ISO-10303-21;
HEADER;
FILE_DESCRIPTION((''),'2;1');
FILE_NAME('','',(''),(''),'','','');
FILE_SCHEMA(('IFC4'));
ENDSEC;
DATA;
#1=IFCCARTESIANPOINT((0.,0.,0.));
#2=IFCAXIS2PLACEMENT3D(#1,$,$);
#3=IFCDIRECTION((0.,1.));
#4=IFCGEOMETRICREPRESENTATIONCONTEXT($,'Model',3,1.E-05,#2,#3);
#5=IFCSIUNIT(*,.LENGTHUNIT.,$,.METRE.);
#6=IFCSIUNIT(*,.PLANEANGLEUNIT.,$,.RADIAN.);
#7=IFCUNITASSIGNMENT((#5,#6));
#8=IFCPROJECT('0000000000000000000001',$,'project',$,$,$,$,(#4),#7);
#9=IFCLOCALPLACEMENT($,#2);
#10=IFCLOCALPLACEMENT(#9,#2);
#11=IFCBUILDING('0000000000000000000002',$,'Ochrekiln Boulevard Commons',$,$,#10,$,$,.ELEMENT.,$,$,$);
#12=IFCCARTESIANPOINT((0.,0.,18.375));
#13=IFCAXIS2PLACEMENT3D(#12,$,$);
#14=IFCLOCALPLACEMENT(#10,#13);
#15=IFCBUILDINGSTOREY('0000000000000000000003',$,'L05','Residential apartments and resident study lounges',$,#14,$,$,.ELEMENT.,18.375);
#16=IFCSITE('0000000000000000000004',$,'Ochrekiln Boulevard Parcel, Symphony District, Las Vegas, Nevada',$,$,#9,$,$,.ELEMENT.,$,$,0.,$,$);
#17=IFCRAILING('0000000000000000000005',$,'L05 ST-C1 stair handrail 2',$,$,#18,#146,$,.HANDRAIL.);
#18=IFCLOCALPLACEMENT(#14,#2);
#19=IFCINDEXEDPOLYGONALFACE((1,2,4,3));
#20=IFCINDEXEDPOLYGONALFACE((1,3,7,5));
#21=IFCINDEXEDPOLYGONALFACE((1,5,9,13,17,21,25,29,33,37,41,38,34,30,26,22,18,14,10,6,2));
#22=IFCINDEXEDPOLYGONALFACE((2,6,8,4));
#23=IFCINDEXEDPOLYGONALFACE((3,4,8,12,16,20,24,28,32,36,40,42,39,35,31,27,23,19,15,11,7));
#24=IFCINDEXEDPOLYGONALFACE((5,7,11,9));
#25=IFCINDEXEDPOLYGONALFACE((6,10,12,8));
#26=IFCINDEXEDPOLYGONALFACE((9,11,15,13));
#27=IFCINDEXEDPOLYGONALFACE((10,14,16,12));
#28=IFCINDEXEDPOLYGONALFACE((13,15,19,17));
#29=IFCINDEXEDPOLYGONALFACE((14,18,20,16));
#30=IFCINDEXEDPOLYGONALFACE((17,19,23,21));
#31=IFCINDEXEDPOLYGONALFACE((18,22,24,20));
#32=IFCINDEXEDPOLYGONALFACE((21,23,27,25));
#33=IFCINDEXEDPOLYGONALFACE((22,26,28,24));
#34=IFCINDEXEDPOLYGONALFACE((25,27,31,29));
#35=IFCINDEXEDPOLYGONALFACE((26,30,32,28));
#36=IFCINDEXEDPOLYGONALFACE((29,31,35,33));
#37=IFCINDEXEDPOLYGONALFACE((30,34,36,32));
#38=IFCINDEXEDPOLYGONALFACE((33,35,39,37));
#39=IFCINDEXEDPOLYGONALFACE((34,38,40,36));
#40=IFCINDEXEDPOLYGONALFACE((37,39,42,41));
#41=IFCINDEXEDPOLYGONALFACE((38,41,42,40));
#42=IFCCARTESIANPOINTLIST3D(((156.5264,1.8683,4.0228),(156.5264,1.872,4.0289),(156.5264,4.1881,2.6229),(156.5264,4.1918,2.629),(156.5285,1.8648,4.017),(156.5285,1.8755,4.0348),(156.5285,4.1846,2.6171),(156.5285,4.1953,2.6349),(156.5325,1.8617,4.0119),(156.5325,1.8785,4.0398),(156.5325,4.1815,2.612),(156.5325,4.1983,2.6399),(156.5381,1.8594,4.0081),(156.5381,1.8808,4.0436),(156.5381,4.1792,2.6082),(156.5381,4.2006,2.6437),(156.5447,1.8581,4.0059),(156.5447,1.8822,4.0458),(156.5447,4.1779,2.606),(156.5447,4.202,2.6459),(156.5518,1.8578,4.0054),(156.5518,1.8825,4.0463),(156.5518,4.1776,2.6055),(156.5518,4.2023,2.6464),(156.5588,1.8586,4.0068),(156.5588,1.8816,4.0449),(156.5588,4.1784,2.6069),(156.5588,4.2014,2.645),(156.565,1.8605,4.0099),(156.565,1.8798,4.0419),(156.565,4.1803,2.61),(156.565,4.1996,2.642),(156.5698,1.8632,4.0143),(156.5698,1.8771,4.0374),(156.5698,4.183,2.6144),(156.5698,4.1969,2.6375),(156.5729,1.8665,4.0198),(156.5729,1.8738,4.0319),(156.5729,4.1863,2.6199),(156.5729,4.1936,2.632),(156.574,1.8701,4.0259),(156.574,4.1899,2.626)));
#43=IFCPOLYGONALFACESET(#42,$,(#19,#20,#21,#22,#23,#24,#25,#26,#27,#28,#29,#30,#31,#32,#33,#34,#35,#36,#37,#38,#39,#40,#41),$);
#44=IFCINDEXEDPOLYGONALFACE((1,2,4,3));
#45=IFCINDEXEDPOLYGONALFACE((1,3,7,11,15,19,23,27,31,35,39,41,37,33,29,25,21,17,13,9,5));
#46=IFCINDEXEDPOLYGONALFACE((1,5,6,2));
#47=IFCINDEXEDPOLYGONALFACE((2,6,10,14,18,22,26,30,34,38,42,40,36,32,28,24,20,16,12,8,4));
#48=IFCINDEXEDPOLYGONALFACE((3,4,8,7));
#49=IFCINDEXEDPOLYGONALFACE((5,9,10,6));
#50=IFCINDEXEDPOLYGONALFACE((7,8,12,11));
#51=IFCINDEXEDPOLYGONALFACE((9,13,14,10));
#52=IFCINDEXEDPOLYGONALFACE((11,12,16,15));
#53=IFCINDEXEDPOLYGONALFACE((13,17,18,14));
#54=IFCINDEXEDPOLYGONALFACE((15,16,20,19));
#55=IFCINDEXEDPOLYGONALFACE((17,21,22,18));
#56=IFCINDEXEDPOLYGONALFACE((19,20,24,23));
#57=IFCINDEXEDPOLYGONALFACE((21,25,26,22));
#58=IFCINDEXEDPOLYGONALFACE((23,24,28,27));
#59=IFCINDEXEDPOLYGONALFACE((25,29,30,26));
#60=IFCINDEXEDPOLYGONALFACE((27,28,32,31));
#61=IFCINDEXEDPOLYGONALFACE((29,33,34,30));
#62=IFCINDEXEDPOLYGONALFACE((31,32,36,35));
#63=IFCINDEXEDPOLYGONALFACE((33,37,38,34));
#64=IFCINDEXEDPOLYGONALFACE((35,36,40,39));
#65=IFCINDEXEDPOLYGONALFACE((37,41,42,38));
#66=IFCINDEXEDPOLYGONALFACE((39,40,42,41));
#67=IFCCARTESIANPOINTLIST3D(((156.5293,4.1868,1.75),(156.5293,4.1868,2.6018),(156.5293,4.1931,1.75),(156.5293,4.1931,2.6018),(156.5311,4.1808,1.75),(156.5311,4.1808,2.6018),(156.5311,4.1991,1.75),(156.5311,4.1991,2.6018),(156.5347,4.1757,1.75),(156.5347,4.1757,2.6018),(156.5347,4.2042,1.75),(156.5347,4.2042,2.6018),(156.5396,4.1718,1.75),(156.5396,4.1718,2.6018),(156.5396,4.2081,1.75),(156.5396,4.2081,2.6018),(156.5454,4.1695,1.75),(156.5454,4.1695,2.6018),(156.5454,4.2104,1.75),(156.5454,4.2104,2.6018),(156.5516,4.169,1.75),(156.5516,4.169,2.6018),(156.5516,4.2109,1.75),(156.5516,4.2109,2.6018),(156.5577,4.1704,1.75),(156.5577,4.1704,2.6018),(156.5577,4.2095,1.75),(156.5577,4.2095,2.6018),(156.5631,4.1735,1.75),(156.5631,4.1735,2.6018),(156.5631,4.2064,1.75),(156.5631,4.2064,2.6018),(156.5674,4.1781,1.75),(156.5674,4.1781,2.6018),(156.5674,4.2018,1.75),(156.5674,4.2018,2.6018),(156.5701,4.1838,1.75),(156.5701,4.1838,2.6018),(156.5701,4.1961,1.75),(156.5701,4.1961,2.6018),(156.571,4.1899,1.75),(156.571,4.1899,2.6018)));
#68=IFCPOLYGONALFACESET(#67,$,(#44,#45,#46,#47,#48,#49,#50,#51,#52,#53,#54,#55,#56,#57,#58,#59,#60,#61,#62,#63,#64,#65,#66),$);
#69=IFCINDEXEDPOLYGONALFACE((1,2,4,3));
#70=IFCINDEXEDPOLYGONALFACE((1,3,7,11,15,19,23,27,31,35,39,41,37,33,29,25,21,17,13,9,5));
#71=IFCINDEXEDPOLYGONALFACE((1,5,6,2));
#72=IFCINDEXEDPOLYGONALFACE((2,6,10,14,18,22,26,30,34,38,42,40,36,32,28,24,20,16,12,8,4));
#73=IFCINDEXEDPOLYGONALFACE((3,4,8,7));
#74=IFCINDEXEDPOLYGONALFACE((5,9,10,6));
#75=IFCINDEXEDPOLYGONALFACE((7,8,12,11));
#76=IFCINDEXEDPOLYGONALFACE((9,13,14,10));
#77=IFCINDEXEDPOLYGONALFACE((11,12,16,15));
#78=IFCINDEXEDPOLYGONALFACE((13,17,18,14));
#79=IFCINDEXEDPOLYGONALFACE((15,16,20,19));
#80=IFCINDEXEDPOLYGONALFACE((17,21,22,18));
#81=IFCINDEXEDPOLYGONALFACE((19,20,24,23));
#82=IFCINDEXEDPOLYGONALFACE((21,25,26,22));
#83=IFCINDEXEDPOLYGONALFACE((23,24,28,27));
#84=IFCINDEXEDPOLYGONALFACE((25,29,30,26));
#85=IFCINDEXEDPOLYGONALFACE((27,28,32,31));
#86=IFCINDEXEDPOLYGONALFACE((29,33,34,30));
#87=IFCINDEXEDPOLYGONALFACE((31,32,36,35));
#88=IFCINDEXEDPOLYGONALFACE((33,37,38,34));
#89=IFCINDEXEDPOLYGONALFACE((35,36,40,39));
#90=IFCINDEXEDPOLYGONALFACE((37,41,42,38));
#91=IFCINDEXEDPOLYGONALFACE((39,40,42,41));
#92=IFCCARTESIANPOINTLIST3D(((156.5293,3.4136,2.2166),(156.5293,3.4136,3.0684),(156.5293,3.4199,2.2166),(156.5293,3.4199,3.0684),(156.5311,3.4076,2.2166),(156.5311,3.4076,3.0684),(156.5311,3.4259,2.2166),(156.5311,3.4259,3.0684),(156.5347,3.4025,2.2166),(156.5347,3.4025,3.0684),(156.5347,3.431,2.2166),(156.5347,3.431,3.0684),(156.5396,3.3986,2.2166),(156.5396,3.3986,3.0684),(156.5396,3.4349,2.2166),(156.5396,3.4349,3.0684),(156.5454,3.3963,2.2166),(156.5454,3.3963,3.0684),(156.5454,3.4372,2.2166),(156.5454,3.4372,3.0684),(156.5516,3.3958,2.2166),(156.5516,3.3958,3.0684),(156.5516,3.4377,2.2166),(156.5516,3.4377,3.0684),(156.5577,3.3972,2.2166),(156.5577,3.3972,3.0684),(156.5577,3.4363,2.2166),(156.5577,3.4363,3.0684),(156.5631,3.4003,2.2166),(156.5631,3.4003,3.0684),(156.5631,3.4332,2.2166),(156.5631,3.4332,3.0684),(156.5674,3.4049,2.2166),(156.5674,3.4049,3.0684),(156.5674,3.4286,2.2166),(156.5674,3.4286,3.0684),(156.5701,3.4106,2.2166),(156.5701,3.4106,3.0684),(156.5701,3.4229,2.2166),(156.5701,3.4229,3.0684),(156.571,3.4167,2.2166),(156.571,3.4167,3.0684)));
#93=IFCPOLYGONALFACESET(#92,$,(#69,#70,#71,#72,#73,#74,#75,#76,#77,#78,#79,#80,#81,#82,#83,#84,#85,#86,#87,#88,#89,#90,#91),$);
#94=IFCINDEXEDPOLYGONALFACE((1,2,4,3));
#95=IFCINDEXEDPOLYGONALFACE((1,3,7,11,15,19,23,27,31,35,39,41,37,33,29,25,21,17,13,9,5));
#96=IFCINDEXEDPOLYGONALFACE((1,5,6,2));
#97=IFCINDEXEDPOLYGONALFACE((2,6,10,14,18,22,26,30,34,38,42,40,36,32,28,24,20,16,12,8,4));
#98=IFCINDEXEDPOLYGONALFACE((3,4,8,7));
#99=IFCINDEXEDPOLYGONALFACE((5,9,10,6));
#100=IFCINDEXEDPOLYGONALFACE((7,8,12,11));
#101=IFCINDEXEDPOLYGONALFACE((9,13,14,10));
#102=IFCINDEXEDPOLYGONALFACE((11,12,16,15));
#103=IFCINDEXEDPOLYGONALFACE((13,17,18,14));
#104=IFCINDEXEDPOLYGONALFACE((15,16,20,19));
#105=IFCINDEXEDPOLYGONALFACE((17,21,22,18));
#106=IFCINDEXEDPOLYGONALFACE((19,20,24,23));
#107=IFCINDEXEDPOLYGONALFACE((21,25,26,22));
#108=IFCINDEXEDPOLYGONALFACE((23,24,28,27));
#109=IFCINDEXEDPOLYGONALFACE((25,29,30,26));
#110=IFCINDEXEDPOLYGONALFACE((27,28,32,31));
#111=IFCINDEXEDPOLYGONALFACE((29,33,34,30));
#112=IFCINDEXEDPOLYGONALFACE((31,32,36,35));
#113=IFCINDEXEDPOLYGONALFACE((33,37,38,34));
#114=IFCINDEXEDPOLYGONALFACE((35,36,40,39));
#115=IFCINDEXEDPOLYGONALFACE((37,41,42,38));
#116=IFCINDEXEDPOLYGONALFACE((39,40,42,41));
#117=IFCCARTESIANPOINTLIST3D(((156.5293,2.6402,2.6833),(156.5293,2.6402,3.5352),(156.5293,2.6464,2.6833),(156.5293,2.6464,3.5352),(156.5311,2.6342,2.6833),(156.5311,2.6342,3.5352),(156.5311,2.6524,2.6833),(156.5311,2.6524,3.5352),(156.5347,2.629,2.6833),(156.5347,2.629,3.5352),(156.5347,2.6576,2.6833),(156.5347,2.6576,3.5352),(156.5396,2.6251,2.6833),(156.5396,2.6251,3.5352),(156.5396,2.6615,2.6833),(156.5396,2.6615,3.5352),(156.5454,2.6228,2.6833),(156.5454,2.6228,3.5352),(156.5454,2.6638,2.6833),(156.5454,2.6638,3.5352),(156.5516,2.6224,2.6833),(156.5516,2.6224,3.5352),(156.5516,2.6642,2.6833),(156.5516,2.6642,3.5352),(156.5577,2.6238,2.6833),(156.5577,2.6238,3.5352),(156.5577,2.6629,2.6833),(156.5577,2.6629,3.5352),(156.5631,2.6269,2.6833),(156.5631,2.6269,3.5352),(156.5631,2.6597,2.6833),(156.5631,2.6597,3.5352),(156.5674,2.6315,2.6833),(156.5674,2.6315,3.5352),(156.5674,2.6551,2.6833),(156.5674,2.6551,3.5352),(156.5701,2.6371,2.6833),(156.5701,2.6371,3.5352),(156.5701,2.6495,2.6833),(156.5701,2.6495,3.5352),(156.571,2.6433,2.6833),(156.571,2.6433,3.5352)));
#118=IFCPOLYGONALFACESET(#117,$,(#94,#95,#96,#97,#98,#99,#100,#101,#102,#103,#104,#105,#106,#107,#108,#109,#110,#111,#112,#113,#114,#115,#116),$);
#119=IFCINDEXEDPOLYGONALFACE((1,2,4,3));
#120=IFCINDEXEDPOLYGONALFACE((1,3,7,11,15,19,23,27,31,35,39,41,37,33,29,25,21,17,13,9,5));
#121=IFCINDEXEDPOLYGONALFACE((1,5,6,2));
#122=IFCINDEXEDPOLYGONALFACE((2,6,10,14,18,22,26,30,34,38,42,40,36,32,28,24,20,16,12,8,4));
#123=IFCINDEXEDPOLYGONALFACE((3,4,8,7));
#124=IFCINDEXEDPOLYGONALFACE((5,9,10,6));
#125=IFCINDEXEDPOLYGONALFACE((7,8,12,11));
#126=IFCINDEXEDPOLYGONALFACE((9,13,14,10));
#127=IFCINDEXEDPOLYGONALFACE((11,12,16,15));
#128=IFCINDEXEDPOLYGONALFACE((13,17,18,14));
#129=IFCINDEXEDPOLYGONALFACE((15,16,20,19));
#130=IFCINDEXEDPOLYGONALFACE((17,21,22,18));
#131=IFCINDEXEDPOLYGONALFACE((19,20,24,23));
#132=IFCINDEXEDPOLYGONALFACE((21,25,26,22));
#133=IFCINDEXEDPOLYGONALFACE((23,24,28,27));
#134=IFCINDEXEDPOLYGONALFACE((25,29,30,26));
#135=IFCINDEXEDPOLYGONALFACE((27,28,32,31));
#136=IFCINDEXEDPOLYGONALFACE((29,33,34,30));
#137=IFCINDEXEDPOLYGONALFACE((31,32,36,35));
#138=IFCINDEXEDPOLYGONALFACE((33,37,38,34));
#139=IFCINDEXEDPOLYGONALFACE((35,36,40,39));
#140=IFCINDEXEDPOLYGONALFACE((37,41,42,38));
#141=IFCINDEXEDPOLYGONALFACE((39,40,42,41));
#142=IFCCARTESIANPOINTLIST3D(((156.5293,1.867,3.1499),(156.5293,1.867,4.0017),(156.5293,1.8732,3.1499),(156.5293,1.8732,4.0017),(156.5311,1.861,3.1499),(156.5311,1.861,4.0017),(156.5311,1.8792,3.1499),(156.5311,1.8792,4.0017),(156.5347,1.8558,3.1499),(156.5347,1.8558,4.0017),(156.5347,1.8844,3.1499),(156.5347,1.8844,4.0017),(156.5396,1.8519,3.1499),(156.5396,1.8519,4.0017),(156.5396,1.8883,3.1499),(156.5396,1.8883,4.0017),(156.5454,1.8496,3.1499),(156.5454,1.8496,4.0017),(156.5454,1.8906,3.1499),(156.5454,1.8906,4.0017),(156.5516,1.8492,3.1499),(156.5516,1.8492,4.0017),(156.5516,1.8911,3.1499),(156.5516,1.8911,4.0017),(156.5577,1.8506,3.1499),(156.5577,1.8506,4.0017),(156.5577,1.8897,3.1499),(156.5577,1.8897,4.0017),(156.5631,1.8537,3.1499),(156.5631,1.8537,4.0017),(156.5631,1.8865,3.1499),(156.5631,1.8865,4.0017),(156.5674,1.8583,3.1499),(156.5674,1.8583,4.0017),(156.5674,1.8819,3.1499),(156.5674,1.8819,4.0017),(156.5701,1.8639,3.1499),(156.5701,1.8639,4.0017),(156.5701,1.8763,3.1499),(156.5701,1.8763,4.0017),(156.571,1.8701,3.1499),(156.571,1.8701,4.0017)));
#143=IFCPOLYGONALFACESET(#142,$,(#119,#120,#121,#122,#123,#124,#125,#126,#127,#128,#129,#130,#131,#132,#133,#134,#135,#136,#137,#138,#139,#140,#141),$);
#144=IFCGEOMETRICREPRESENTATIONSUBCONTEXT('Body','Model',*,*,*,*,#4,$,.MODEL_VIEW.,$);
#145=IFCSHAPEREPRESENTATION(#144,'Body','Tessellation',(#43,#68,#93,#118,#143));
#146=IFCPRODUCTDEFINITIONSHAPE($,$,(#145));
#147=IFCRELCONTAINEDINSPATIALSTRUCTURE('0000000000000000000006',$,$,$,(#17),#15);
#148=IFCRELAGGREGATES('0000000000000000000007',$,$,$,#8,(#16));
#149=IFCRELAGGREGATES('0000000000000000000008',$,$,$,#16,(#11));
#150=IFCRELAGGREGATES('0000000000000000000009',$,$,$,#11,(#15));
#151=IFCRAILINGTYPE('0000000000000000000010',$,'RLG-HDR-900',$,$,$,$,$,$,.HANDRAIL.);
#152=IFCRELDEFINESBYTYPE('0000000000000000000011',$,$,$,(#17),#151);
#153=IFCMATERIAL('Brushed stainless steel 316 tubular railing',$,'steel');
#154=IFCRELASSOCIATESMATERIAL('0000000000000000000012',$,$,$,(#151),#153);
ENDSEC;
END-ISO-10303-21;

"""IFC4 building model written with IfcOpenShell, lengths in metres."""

from ifc_helpers import new_model, si_unit, direction, frame, origin, origin_2d, place, context, subcontext, project, spatial, circle, extrude, material, type_object, element, save


model = new_model("IFC4")

# Units and contexts
model_context = context("Model", 3, precision=1e-05, world=origin(), true_north=direction((0.0, 1.0)))
body_context = subcontext(model_context, "Body", "Model", "MODEL_VIEW")
ifc_project = project(units=[si_unit("LENGTHUNIT", "METRE"), si_unit("PLANEANGLEUNIT", "RADIAN")], contexts=[model_context])

# Site, building, storey
site_placement = place(None, origin())
site = spatial("IfcSite", under=ifc_project, at=site_placement, Name="Ochrekiln Boulevard Parcel, Symphony District, Las Vegas, Nevada", CompositionType="ELEMENT", RefElevation=0.0)
building_placement = place(site_placement, origin())
building = spatial("IfcBuilding", under=site, at=building_placement, Name="Ochrekiln Boulevard Commons", CompositionType="ELEMENT")
storey_placement = place(building_placement, frame((0.0, 0.0, 18.375)))
storey = spatial("IfcBuildingStorey", under=building, at=storey_placement, Name="L05", Description="Residential apartments and resident study lounges", CompositionType="ELEMENT", Elevation=18.375)

# Railing
ifc_material_1 = material(Name="Brushed stainless steel 316 tubular railing", Category="steel")
railing_type_1 = type_object("IfcRailingType", Name="RLG-HDR-900", PredefinedType="HANDRAIL", material=ifc_material_1)
railing_1_placement = place(storey_placement, frame((156.55, 4.1899, 1.75)))
element("IfcRailing", 1, at=railing_1_placement, inside=storey, type_object=railing_type_1, Name="L05 ST-C1 stair handrail 2", PredefinedType="HANDRAIL", context=body_context, shape_type="SweptSolid", body=[
    extrude(circle(Radius=0.0239, at=origin_2d()), frame((0.0, 0.0, 0.876), z_axis=(0.0, -0.856186, 0.516667), x_axis=(1.0, 0.0, 0.0)), (0.0, 0.0, 1.0), 2.7095),
    extrude(circle(Radius=0.021, at=origin_2d()), origin(), (0.0, 0.0, 1.0), 0.8518),
    extrude(circle(Radius=0.021, at=origin_2d()), frame((0.0, -0.7732, 0.4666)), (0.0, 0.0, 1.0), 0.8518),
    extrude(circle(Radius=0.021, at=origin_2d()), frame((0.0, -1.5466, 0.9333)), (0.0, 0.0, 1.0), 0.8518),
    extrude(circle(Radius=0.021, at=origin_2d()), frame((0.0, -2.3198, 1.3999)), (0.0, 0.0, 1.0), 0.8518),
])

save(model, "model.ifc")
